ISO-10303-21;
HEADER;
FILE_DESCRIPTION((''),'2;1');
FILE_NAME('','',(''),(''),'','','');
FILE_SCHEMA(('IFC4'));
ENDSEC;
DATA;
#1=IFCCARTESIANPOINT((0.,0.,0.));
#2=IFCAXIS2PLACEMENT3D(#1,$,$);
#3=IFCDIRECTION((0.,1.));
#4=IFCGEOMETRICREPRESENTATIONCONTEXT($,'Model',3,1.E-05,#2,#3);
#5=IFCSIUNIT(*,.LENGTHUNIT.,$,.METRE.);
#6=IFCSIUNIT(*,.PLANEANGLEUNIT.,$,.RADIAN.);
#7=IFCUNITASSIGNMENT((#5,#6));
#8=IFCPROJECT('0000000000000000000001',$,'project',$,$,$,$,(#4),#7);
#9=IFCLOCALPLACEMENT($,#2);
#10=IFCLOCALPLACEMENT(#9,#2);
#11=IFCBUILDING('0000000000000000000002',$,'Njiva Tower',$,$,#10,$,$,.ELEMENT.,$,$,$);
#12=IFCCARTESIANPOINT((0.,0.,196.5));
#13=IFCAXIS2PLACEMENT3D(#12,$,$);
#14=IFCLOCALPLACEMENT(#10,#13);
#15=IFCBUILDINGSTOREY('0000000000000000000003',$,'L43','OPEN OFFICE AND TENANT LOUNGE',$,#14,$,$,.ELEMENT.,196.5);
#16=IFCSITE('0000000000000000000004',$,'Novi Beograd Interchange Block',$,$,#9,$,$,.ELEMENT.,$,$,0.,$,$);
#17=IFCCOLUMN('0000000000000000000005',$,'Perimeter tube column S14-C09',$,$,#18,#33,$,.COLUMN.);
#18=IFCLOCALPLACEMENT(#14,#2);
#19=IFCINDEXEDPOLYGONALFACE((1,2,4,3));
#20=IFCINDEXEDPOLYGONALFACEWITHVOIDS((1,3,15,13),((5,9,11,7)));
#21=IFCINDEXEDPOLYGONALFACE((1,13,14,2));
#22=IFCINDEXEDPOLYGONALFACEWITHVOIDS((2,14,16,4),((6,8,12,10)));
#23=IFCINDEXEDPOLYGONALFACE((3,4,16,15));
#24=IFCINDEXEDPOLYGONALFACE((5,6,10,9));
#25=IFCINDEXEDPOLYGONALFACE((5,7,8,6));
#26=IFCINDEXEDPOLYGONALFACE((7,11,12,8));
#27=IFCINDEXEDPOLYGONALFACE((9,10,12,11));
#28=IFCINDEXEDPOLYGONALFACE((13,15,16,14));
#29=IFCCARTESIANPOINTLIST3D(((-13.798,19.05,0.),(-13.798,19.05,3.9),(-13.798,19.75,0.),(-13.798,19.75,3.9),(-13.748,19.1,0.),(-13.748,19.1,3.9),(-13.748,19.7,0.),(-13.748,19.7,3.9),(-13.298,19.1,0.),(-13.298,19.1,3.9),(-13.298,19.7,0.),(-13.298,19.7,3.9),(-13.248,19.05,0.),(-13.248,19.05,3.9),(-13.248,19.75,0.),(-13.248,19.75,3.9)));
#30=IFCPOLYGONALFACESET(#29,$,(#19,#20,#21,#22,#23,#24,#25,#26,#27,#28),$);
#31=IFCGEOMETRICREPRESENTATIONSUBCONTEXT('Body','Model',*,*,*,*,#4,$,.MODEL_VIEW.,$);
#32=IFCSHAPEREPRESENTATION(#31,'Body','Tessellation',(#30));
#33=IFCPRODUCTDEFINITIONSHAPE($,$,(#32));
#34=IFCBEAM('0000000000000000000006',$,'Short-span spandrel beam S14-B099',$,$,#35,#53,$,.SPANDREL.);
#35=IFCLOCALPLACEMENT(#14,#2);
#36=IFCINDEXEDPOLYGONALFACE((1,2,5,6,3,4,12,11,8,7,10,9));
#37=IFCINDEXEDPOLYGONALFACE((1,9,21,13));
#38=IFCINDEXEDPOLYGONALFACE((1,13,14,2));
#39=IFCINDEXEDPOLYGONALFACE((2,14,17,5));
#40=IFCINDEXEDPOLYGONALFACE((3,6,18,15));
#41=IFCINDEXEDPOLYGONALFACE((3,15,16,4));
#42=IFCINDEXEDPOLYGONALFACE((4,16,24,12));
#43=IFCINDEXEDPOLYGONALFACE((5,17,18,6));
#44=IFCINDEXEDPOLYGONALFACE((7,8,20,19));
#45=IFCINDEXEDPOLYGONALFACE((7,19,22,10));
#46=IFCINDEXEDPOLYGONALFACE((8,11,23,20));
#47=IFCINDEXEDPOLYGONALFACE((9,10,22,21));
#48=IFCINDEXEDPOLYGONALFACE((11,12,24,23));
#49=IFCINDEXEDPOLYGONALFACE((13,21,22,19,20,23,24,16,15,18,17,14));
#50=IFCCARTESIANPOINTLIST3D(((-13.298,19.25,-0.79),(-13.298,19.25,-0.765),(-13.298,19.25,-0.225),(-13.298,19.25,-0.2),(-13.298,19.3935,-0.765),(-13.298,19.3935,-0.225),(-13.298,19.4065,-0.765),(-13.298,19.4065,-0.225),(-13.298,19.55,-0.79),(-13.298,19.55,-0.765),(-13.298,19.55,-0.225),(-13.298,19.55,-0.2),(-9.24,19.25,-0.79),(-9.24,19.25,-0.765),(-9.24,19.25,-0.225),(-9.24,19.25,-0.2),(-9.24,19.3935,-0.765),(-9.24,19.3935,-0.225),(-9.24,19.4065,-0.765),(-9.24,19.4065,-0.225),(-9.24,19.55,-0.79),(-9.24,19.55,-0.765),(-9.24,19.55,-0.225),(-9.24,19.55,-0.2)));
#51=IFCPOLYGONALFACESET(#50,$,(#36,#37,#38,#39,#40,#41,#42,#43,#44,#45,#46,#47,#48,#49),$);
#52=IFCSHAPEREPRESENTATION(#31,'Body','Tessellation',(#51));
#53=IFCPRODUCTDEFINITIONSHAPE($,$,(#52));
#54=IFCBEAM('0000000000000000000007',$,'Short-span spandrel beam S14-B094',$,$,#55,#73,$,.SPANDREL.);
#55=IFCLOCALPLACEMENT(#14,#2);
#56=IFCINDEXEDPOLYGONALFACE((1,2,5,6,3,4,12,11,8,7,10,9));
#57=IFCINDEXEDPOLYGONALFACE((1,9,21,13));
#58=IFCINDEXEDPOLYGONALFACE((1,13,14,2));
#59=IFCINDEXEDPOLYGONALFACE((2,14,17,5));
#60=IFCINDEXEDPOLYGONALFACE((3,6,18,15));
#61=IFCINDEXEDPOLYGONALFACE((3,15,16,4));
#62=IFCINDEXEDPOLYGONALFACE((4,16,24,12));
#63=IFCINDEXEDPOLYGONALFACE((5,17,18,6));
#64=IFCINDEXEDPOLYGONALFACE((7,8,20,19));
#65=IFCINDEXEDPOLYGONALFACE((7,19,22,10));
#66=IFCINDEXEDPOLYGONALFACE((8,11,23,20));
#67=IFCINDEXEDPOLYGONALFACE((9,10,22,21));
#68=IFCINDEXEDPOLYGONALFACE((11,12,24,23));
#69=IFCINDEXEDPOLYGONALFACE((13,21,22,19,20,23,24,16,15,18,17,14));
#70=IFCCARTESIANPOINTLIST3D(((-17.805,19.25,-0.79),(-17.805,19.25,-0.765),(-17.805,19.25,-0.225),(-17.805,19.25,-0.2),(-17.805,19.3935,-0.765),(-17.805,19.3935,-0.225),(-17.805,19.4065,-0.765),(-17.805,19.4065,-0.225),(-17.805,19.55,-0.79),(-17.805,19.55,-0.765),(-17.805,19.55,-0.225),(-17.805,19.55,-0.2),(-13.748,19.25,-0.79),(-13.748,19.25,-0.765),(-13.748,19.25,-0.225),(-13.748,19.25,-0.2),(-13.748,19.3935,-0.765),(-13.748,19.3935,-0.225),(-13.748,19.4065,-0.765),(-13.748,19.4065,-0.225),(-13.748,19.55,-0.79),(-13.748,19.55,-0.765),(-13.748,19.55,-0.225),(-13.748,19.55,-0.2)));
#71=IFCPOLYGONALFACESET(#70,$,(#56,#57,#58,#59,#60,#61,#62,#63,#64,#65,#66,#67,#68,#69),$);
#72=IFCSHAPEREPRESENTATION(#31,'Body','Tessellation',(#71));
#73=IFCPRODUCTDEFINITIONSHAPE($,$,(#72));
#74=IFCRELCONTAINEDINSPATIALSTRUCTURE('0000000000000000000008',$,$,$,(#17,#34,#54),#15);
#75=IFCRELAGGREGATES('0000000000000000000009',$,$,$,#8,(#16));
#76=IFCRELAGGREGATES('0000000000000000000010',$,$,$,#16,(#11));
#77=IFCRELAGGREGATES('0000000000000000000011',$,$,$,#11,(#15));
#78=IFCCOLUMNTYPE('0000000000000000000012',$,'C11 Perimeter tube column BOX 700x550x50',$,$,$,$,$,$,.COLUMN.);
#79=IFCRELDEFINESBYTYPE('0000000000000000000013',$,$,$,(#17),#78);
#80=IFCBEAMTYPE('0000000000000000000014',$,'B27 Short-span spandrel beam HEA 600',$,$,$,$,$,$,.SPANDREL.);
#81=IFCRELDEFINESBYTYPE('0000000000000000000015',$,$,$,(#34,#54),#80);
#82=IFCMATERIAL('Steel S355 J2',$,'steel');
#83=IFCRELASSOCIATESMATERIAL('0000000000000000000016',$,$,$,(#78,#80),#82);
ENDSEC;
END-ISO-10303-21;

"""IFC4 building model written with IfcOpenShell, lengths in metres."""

from ifc_helpers import new_model, si_unit, direction, frame, origin, origin_2d, place, context, subcontext, project, spatial, hollow_rectangle, i_section, extrude, material, material_profile, profile_set, type_object, element, save


model = new_model("IFC4")

# Units and contexts
model_context = context("Model", 3, precision=1e-05, world=origin(), true_north=direction((0.0, 1.0)))
body_context = subcontext(model_context, "Body", "Model", "MODEL_VIEW")
ifc_project = project(units=[si_unit("LENGTHUNIT", "METRE"), si_unit("PLANEANGLEUNIT", "RADIAN")], contexts=[model_context])

# Site, building, storey
site_placement = place(None, origin())
site = spatial("IfcSite", under=ifc_project, at=site_placement, Name="Novi Beograd Interchange Block", CompositionType="ELEMENT", RefElevation=0.0)
building_placement = place(site_placement, origin())
building = spatial("IfcBuilding", under=site, at=building_placement, Name="Njiva Tower", CompositionType="ELEMENT")
storey_placement = place(building_placement, frame((0.0, 0.0, 196.5)))
storey = spatial("IfcBuildingStorey", under=building, at=storey_placement, Name="L43", Description="OPEN OFFICE AND TENANT LOUNGE", CompositionType="ELEMENT", Elevation=196.5)

# Column
ifc_material_1 = material(Name="Steel S355 J2", Category="steel")
ifc_material_profile_1 = material_profile(ifc_material_1, hollow_rectangle(XDim=0.55, YDim=0.7, WallThickness=0.05, at=origin_2d()), Name="BOX 700x550x50")
ifc_profile_set_1 = profile_set([ifc_material_profile_1], Name="Steel S355 J2")
column_type = type_object("IfcColumnType", Name="C11 Perimeter tube column BOX 700x550x50", PredefinedType="COLUMN", material=ifc_profile_set_1)
column_placement = place(storey_placement, frame((-13.523, 19.4, 0.0), z_axis=(0.0, 0.0, 1.0), x_axis=(-1.0, 0.0, 0.0)))
element("IfcColumn", 1, at=column_placement, inside=storey, type_object=column_type, Name="Perimeter tube column S14-C09", PredefinedType="COLUMN", context=body_context, shape_type="SweptSolid", body=[
    extrude(hollow_rectangle(XDim=0.55, YDim=0.7, WallThickness=0.05, at=origin_2d()), origin(), (0.0, 0.0, 1.0), 3.9),
])

# Beams
ifc_material_profile_2 = material_profile(ifc_material_1, i_section(OverallWidth=0.3, OverallDepth=0.59, WebThickness=0.013, FlangeThickness=0.025, at=origin_2d()), Name="HEA 600")
ifc_profile_set_2 = profile_set([ifc_material_profile_2], Name="Steel S355 J2")
beam_type = type_object("IfcBeamType", Name="B27 Short-span spandrel beam HEA 600", PredefinedType="SPANDREL", material=ifc_profile_set_2)
beam_1_placement = place(storey_placement, frame((-9.24, 19.4, -0.495), z_axis=(-1.0, 0.0, 0.0), x_axis=(0.0, -1.0, 0.0)))
element("IfcBeam", 2, at=beam_1_placement, inside=storey, type_object=beam_type, Name="Short-span spandrel beam S14-B099", PredefinedType="SPANDREL", context=body_context, shape_type="SweptSolid", body=[
    extrude(i_section(OverallWidth=0.3, OverallDepth=0.59, WebThickness=0.013, FlangeThickness=0.025, at=origin_2d()), origin(), (0.0, 0.0, 1.0), 4.058),
])
beam_2_placement = place(storey_placement, frame((-13.748, 19.4, -0.495), z_axis=(-1.0, 0.0, 0.0), x_axis=(0.0, -1.0, 0.0)))
element("IfcBeam", 3, at=beam_2_placement, inside=storey, type_object=beam_type, Name="Short-span spandrel beam S14-B094", PredefinedType="SPANDREL", context=body_context, shape_type="SweptSolid", body=[
    extrude(i_section(OverallWidth=0.3, OverallDepth=0.59, WebThickness=0.013, FlangeThickness=0.025, at=origin_2d()), origin(), (0.0, 0.0, 1.0), 4.057),
])

save(model, "model.ifc")
